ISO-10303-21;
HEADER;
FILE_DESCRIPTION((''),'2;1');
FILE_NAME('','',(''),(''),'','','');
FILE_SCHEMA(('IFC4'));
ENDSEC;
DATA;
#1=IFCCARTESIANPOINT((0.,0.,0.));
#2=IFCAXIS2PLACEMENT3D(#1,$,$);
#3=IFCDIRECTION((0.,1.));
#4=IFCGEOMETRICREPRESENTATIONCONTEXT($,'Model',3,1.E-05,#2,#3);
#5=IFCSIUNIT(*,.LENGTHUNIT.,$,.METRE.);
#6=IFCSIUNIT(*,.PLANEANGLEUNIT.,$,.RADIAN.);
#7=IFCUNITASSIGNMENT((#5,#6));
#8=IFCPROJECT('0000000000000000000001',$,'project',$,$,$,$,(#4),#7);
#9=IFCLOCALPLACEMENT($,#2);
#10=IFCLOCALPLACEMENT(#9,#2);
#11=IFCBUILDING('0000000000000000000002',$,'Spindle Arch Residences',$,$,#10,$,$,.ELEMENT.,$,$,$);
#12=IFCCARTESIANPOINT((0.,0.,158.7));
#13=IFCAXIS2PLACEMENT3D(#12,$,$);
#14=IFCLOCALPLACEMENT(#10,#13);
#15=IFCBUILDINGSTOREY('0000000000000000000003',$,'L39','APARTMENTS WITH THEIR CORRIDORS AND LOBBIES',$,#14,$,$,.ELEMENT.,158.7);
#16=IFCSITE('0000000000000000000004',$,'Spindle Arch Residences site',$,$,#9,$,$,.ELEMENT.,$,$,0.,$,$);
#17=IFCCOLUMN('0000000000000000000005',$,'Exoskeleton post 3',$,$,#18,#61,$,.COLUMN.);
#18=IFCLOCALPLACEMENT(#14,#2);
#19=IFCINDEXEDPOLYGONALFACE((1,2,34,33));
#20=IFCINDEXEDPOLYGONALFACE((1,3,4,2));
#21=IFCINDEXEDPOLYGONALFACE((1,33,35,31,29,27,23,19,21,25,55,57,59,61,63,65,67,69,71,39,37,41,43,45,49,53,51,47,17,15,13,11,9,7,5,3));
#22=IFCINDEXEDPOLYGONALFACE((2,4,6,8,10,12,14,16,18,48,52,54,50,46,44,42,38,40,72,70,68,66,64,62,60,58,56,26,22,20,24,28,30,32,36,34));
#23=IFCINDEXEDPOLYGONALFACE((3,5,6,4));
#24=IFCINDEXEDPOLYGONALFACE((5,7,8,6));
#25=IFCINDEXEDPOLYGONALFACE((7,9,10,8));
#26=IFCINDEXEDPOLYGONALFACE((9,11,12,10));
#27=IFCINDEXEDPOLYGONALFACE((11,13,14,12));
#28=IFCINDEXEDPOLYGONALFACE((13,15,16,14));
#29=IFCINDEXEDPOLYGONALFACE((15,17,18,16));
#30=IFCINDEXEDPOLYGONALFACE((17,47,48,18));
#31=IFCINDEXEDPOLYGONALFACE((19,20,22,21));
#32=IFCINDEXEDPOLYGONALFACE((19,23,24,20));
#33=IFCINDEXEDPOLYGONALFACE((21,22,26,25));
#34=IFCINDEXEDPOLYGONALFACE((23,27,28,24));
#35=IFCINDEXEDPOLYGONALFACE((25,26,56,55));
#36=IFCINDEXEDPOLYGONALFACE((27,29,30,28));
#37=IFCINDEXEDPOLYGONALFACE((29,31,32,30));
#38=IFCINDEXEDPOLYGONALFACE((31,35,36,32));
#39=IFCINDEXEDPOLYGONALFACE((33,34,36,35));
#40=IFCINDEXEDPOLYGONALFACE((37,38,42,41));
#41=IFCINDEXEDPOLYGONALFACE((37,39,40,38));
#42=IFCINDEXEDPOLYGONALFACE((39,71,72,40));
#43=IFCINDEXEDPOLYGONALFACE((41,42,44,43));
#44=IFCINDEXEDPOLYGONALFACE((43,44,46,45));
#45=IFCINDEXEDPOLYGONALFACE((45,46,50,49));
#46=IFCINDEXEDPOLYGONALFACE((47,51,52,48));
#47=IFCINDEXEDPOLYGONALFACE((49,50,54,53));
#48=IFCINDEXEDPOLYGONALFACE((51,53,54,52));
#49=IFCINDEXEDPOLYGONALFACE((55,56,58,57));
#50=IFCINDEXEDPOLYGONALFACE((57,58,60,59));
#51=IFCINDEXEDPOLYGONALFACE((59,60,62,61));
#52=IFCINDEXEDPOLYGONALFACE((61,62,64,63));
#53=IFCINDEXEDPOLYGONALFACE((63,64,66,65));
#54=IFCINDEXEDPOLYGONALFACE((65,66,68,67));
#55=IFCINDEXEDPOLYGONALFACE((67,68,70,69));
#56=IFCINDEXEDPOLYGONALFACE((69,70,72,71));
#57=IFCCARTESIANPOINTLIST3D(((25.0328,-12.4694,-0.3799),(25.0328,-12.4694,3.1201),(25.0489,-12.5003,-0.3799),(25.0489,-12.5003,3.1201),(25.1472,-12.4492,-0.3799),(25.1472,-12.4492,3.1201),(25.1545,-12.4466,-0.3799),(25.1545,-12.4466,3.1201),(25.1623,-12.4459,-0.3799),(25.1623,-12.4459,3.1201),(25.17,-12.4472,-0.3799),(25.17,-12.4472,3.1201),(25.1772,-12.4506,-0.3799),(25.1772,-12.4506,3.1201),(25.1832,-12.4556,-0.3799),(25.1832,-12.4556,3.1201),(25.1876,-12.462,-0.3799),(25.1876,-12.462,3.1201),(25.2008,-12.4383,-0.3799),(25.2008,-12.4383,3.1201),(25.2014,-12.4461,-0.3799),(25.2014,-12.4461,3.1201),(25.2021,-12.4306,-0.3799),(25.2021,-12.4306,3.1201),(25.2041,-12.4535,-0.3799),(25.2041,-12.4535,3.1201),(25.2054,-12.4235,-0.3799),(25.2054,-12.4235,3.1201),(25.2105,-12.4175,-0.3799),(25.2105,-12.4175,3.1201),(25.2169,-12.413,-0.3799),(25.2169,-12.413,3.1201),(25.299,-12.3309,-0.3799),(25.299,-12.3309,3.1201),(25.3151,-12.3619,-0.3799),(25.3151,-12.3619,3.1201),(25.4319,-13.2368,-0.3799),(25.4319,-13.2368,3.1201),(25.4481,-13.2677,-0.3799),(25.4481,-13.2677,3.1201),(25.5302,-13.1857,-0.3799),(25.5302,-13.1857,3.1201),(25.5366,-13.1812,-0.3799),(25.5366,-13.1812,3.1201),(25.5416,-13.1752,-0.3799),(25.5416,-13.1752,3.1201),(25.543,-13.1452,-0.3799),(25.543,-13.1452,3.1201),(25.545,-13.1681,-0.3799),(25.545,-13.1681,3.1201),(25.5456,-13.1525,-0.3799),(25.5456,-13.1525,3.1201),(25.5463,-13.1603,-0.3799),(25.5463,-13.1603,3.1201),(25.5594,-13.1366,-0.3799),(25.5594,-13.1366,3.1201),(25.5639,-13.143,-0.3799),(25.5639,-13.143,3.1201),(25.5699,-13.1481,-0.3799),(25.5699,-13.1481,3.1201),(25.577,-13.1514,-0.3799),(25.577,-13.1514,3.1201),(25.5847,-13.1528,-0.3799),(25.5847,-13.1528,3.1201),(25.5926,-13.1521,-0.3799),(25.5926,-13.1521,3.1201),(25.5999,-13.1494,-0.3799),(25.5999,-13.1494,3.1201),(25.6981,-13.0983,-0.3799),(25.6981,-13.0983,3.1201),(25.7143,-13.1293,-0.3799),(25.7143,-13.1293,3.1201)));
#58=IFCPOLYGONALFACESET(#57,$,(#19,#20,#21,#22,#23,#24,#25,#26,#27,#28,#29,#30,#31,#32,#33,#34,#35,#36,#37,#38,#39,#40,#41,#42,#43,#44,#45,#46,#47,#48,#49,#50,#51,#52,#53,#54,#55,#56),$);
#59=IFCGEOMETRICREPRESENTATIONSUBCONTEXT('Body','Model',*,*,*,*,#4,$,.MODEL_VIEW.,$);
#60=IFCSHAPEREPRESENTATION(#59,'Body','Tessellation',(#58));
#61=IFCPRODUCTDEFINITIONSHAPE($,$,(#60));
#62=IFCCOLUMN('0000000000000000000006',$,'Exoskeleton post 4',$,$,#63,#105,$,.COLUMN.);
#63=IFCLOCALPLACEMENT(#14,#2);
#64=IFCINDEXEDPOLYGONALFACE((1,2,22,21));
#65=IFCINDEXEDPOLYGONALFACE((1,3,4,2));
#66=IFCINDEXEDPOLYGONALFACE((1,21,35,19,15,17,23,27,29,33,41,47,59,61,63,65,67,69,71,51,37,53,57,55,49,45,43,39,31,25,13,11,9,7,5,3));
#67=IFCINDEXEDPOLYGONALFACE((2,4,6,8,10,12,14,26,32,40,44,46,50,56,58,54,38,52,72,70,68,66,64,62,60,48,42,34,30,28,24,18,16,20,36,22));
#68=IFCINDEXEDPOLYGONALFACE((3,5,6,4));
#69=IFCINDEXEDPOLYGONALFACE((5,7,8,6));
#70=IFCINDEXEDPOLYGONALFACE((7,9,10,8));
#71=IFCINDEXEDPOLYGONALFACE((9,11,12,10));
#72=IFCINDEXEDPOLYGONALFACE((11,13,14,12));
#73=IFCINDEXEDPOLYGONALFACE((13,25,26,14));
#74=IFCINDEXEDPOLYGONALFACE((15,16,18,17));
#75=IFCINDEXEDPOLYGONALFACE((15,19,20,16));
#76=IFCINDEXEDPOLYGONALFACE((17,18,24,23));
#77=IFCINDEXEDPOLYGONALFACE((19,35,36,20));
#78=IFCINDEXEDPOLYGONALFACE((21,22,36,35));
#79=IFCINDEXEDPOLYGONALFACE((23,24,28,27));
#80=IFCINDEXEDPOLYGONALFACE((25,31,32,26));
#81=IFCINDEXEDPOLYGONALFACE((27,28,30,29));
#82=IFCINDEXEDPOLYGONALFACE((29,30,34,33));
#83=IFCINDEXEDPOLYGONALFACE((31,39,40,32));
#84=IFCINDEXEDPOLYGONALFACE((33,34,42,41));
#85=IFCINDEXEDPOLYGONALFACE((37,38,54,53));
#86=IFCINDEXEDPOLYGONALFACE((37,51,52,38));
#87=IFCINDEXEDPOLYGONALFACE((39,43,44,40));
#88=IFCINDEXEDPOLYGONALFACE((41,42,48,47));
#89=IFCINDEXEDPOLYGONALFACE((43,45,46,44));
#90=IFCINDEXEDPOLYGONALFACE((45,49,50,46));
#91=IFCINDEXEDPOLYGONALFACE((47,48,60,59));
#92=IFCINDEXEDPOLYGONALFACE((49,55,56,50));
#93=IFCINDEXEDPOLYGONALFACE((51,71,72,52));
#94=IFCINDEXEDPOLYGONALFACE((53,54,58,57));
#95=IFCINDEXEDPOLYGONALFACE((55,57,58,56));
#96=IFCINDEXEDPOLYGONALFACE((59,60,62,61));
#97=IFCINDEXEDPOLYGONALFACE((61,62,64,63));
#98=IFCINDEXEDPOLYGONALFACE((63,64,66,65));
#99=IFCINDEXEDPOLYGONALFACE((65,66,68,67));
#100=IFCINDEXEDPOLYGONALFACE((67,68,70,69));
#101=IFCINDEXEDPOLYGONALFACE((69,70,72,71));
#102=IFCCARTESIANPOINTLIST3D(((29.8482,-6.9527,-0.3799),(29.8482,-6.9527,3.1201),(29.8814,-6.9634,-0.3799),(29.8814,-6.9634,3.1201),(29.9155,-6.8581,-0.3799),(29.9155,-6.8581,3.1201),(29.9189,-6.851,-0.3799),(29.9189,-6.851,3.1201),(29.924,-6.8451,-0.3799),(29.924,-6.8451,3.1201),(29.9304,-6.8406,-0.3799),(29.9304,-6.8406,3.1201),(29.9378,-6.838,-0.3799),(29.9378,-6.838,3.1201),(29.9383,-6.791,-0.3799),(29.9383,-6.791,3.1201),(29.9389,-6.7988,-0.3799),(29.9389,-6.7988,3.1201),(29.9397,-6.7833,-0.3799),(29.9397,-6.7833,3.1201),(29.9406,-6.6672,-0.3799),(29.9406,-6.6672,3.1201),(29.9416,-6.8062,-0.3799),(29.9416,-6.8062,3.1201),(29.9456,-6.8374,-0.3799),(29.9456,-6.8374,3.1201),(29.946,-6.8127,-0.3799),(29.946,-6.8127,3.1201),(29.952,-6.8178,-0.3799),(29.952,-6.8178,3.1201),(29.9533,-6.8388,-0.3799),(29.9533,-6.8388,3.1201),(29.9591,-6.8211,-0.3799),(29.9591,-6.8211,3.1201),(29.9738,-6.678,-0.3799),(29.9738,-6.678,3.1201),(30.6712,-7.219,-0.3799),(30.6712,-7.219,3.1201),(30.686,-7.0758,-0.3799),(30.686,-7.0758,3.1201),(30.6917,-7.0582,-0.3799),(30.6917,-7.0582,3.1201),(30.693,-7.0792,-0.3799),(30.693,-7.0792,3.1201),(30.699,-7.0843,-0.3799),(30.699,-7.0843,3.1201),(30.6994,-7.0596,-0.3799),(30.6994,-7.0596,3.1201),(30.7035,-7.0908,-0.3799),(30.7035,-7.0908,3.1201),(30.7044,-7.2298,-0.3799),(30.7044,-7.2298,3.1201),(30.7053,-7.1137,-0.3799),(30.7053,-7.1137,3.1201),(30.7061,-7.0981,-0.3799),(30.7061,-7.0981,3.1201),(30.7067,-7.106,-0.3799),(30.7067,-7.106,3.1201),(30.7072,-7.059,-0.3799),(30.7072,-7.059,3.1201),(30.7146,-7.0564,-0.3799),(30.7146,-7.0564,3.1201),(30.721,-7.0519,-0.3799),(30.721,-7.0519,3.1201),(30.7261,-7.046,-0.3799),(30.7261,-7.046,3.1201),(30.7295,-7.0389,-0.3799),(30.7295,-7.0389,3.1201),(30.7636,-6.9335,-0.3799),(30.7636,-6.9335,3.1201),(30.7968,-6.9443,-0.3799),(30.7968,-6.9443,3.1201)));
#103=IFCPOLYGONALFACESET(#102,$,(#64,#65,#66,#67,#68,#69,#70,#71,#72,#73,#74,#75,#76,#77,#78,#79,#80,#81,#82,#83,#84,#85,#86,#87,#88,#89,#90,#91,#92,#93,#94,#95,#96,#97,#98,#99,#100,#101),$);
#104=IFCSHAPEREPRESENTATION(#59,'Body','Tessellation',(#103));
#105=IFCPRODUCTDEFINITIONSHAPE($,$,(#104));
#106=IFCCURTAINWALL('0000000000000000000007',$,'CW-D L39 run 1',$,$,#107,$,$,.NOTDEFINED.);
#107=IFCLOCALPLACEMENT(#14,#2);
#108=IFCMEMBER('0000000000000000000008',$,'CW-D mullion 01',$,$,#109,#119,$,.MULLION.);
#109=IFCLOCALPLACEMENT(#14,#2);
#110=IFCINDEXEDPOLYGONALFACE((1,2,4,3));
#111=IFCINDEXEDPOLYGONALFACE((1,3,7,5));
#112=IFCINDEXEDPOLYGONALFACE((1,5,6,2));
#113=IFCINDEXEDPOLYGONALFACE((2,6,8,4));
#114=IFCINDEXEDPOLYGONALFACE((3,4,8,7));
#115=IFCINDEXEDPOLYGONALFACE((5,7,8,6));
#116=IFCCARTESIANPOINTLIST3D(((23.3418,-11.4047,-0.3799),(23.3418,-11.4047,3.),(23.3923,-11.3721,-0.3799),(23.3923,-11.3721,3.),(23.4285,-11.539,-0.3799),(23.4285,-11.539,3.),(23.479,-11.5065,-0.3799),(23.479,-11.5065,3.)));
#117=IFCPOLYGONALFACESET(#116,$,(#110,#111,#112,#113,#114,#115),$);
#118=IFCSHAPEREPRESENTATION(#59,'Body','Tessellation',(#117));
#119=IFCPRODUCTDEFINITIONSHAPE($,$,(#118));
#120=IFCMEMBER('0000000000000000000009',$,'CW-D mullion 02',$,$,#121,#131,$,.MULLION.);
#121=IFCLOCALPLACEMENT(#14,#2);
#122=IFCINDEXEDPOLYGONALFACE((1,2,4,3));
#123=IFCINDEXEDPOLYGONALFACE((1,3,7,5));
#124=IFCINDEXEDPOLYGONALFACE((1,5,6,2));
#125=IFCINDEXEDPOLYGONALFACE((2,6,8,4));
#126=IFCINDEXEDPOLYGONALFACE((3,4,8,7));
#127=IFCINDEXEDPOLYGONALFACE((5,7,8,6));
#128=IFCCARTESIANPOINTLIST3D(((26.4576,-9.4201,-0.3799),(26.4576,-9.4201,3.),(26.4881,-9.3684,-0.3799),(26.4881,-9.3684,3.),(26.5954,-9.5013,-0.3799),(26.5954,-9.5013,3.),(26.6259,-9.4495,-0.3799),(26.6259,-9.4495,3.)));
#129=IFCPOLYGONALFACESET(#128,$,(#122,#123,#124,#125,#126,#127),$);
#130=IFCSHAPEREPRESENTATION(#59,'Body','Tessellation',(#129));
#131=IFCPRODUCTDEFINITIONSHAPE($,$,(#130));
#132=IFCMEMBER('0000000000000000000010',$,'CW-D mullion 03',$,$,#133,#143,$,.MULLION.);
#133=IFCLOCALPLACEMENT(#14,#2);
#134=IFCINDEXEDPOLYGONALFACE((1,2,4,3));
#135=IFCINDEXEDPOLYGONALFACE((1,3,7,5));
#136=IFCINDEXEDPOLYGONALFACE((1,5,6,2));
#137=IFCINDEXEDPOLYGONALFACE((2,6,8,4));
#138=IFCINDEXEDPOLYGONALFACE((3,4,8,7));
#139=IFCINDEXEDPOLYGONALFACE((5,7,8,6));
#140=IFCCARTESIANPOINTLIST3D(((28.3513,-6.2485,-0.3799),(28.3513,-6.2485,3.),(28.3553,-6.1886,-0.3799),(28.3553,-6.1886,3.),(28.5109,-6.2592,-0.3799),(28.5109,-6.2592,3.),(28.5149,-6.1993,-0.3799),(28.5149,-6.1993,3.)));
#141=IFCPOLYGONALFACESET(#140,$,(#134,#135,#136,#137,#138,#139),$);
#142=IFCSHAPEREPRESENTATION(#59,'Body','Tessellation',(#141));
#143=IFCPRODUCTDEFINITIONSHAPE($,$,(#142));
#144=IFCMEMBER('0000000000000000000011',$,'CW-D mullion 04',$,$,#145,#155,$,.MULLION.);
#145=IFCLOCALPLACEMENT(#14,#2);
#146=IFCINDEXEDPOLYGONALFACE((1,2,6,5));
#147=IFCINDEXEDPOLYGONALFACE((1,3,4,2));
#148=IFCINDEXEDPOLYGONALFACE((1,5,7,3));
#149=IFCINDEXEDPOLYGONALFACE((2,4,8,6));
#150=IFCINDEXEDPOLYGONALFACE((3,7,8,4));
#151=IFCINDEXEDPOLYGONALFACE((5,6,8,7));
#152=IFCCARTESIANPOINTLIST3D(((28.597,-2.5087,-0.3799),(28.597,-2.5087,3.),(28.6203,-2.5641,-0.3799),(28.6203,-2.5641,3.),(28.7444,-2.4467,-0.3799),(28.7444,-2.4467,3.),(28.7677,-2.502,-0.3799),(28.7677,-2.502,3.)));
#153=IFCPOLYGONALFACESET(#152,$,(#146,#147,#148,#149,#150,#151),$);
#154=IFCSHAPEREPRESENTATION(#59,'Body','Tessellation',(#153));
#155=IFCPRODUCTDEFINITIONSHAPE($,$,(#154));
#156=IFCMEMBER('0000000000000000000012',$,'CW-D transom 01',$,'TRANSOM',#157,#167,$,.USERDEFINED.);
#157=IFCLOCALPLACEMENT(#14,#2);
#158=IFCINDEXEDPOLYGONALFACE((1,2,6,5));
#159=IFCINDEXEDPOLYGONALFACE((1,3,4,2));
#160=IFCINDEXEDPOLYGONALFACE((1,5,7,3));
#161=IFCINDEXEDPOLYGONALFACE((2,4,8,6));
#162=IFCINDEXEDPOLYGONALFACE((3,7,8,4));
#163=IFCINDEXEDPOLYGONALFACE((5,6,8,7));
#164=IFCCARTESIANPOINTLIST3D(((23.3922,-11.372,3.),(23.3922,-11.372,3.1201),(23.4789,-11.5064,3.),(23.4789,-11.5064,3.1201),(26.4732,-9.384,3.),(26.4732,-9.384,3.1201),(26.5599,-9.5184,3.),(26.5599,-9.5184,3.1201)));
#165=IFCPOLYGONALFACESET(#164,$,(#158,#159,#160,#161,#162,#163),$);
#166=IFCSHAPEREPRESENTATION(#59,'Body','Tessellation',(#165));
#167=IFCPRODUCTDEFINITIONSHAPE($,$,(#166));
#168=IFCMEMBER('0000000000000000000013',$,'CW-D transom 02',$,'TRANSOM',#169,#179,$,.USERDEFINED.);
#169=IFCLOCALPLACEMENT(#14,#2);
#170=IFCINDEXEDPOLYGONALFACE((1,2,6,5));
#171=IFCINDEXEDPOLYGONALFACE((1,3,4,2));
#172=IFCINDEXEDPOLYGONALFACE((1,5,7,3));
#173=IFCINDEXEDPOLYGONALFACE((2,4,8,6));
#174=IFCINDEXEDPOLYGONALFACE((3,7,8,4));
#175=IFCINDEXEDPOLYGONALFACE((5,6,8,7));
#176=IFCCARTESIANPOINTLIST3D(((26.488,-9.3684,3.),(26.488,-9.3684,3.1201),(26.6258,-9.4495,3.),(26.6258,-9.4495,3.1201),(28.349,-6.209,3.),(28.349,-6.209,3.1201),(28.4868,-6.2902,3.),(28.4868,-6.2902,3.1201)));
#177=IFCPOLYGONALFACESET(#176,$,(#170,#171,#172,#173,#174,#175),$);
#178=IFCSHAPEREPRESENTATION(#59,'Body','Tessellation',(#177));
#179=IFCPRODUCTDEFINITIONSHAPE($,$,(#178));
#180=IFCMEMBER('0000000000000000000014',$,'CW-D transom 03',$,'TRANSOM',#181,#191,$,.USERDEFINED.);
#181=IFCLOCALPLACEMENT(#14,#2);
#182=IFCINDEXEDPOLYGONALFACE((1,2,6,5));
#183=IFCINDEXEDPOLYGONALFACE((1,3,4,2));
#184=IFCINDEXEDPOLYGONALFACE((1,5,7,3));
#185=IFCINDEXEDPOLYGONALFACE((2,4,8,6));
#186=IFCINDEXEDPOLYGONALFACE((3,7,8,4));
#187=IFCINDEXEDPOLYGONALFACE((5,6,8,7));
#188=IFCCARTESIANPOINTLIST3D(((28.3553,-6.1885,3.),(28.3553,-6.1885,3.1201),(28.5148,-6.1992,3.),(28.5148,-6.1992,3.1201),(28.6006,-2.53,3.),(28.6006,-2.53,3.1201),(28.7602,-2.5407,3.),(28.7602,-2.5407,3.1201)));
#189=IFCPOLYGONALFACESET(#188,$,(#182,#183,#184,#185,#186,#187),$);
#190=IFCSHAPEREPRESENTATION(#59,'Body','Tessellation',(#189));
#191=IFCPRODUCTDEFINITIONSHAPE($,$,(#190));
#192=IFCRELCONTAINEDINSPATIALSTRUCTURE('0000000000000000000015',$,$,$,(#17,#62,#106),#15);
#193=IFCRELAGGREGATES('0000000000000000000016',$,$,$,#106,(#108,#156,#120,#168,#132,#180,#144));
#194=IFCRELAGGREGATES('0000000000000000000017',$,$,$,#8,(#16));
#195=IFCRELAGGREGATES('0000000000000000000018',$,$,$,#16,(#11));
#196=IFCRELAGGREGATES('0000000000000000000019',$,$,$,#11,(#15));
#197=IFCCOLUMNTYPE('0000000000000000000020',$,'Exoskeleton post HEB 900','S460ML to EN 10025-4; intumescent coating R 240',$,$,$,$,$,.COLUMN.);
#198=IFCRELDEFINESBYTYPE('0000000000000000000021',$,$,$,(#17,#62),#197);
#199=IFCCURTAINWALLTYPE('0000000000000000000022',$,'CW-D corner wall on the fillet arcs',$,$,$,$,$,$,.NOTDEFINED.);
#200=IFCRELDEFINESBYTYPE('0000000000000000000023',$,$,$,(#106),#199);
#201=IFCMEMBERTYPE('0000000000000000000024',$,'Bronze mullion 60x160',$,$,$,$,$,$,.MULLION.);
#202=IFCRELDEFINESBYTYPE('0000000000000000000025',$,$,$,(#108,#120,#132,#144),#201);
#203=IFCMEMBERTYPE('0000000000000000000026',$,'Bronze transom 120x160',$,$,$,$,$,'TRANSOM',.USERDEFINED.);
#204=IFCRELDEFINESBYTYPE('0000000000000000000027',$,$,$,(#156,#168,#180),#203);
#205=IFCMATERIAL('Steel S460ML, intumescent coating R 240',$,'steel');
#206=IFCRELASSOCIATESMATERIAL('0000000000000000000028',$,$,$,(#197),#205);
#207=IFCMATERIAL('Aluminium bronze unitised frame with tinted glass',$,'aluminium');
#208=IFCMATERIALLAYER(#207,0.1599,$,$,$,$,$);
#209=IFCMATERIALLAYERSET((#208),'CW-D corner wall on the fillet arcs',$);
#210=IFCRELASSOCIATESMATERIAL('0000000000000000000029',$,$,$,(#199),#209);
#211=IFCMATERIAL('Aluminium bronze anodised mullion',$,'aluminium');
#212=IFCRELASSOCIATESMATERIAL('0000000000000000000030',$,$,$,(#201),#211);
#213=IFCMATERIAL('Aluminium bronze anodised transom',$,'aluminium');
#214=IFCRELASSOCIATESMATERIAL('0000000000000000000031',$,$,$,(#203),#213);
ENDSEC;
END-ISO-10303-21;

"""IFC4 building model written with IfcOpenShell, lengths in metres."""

from ifc_helpers import new_model, si_unit, direction, frame, origin, origin_2d, place, context, subcontext, project, spatial, rectangle, i_section, extrude, material, layer, layer_set, material_profile, profile_set, type_object, element, aggregate, save


model = new_model("IFC4")

# Units and contexts
model_context = context("Model", 3, precision=1e-05, world=origin(), true_north=direction((0.0, 1.0)))
body_context = subcontext(model_context, "Body", "Model", "MODEL_VIEW")
ifc_project = project(units=[si_unit("LENGTHUNIT", "METRE"), si_unit("PLANEANGLEUNIT", "RADIAN")], contexts=[model_context])

# Site, building, storey
site_placement = place(None, origin())
site = spatial("IfcSite", under=ifc_project, at=site_placement, Name="Spindle Arch Residences site", CompositionType="ELEMENT", RefElevation=0.0)
building_placement = place(site_placement, origin())
building = spatial("IfcBuilding", under=site, at=building_placement, Name="Spindle Arch Residences", CompositionType="ELEMENT")
storey_placement = place(building_placement, frame((0.0, 0.0, 158.7)))
storey = spatial("IfcBuildingStorey", under=building, at=storey_placement, Name="L39", Description="APARTMENTS WITH THEIR CORRIDORS AND LOBBIES", CompositionType="ELEMENT", Elevation=158.7)

# Columns
ifc_material_1 = material(Name="Steel S460ML, intumescent coating R 240", Category="steel")
ifc_material_profile_1 = material_profile(ifc_material_1, i_section(OverallWidth=0.3, OverallDepth=0.8999, WebThickness=0.0186, FlangeThickness=0.0349, FilletRadius=0.03, at=origin_2d()), Name="HEB 900")
ifc_profile_set_1 = profile_set([ifc_material_profile_1], Name="Steel S460ML, intumescent coating R 240")
column_type = type_object("IfcColumnType", Name="Exoskeleton post HEB 900", Description="S460ML to EN 10025-4; intumescent coating R 240", PredefinedType="COLUMN", material=ifc_profile_set_1)
for number, where, z_axis, x_axis, name in (
    (1, (25.3735, -12.7993, -0.3799), (0.0, 0.0, 1.0), (-0.887176, -0.46143, 0.0), "Exoskeleton post 3"),
    (2, (30.3225, -6.9485, -0.3799), (0.0, 0.0, 1.0), (-0.30788, -0.951425, 0.0), "Exoskeleton post 4"),
):
    element("IfcColumn", number, at=place(storey_placement, frame(where, z_axis=z_axis, x_axis=x_axis)), inside=storey, type_object=column_type, Name=name, PredefinedType="COLUMN", context=body_context, shape_type="SweptSolid", body=[
        extrude(i_section(OverallWidth=0.3, OverallDepth=0.8999, WebThickness=0.0186, FlangeThickness=0.0349, FilletRadius=0.03, at=origin_2d()), origin(), (0.0, 0.0, 1.0), 3.5),
    ])

# Curtain wall, members
ifc_material_2 = material(Name="Aluminium bronze unitised frame with tinted glass", Category="aluminium")
ifc_layer_1 = layer(ifc_material_2, 0.1599)
ifc_layer_set_1 = layer_set([ifc_layer_1], Name="CW-D corner wall on the fillet arcs")
curtain_wall_type = type_object("IfcCurtainWallType", Name="CW-D corner wall on the fillet arcs", PredefinedType="NOTDEFINED", material=ifc_layer_set_1)
curtain_wall_placement = place(storey_placement, origin())
curtain_wall = element("IfcCurtainWall", 3, at=curtain_wall_placement, inside=storey, type_object=curtain_wall_type, Name="CW-D L39 run 1", PredefinedType="NOTDEFINED")
ifc_material_3 = material(Name="Aluminium bronze anodised mullion", Category="aluminium")
ifc_material_profile_2 = material_profile(ifc_material_3, rectangle(XDim=0.1599, YDim=0.0601, at=origin_2d()), Name="MU 60x160")
ifc_profile_set_2 = profile_set([ifc_material_profile_2], Name="Aluminium bronze anodised mullion")
member_type_1 = type_object("IfcMemberType", Name="Bronze mullion 60x160", PredefinedType="MULLION", material=ifc_profile_set_2)
member_1_placement = place(storey_placement, frame((23.4104, -11.4556, -0.3799), z_axis=(0.0, 0.0, 1.0), x_axis=(-0.542197, 0.840251, 0.0)))
member_1 = element("IfcMember", 4, at=member_1_placement, type_object=member_type_1, Name="CW-D mullion 01", PredefinedType="MULLION", context=body_context, shape_type="SweptSolid", body=[
    extrude(rectangle(XDim=0.1599, YDim=0.0601, at=origin_2d()), origin(), (0.0, 0.0, 1.0), 3.3799),
])
member_2_placement = place(storey_placement, frame((26.5417, -9.4348, -0.3799), z_axis=(0.0, 0.0, 1.0), x_axis=(-0.861629, 0.507538, 0.0)))
member_2 = element("IfcMember", 5, at=member_2_placement, type_object=member_type_1, Name="CW-D mullion 02", PredefinedType="MULLION", context=body_context, shape_type="SweptSolid", body=[
    extrude(rectangle(XDim=0.1599, YDim=0.0601, at=origin_2d()), origin(), (0.0, 0.0, 1.0), 3.3799),
])
member_3_placement = place(storey_placement, frame((28.4331, -6.2239, -0.3799), z_axis=(0.0, 0.0, 1.0), x_axis=(-0.997763, 0.066854, 0.0)))
member_3 = element("IfcMember", 6, at=member_3_placement, type_object=member_type_1, Name="CW-D mullion 03", PredefinedType="MULLION", context=body_context, shape_type="SweptSolid", body=[
    extrude(rectangle(XDim=0.1599, YDim=0.0601, at=origin_2d()), origin(), (0.0, 0.0, 1.0), 3.3799),
])
member_4_placement = place(storey_placement, frame((28.6824, -2.5054, -0.3799), z_axis=(0.0, 0.0, 1.0), x_axis=(-0.921638, -0.388052, 0.0)))
member_4 = element("IfcMember", 7, at=member_4_placement, type_object=member_type_1, Name="CW-D mullion 04", PredefinedType="MULLION", context=body_context, shape_type="SweptSolid", body=[
    extrude(rectangle(XDim=0.1599, YDim=0.0601, at=origin_2d()), origin(), (0.0, 0.0, 1.0), 3.3799),
])
ifc_material_4 = material(Name="Aluminium bronze anodised transom", Category="aluminium")
ifc_material_profile_3 = material_profile(ifc_material_4, rectangle(XDim=0.1599, YDim=0.1201, at=origin_2d()), Name="TR 120x160")
ifc_profile_set_3 = profile_set([ifc_material_profile_3], Name="Aluminium bronze anodised transom")
member_type_2 = type_object("IfcMemberType", Name="Bronze transom 120x160", ElementType="TRANSOM", PredefinedType="USERDEFINED", material=ifc_profile_set_3)
member_5_placement = place(storey_placement, frame((23.4355, -11.4392, 3.0601), z_axis=(0.840264, 0.542177, 0.0), x_axis=(-0.542177, 0.840264, 0.0)))
member_5 = element("IfcMember", 8, at=member_5_placement, type_object=member_type_2, Name="CW-D transom 01", ObjectType="TRANSOM", PredefinedType="USERDEFINED", context=body_context, shape_type="SweptSolid", body=[
    extrude(rectangle(XDim=0.1599, YDim=0.1201, at=origin_2d()), origin(), (0.0, 0.0, 1.0), 3.6667),
])
member_6_placement = place(storey_placement, frame((26.5569, -9.4089, 3.0601), z_axis=(0.507547, 0.861624, 0.0), x_axis=(-0.861624, 0.507547, 0.0)))
member_6 = element("IfcMember", 9, at=member_6_placement, type_object=member_type_2, Name="CW-D transom 02", ObjectType="TRANSOM", PredefinedType="USERDEFINED", context=body_context, shape_type="SweptSolid", body=[
    extrude(rectangle(XDim=0.1599, YDim=0.1201, at=origin_2d()), origin(), (0.0, 0.0, 1.0), 3.6667),
])
member_7_placement = place(storey_placement, frame((28.4351, -6.1938, 3.0601), z_axis=(0.066917, 0.997759, 0.0), x_axis=(-0.997759, 0.066917, 0.0)))
member_7 = element("IfcMember", 10, at=member_7_placement, type_object=member_type_2, Name="CW-D transom 03", ObjectType="TRANSOM", PredefinedType="USERDEFINED", context=body_context, shape_type="SweptSolid", body=[
    extrude(rectangle(XDim=0.1599, YDim=0.1201, at=origin_2d()), origin(), (0.0, 0.0, 1.0), 3.6667),
])

aggregate(curtain_wall, [member_1, member_5, member_2, member_6, member_3, member_7, member_4])

save(model, "model.ifc")
